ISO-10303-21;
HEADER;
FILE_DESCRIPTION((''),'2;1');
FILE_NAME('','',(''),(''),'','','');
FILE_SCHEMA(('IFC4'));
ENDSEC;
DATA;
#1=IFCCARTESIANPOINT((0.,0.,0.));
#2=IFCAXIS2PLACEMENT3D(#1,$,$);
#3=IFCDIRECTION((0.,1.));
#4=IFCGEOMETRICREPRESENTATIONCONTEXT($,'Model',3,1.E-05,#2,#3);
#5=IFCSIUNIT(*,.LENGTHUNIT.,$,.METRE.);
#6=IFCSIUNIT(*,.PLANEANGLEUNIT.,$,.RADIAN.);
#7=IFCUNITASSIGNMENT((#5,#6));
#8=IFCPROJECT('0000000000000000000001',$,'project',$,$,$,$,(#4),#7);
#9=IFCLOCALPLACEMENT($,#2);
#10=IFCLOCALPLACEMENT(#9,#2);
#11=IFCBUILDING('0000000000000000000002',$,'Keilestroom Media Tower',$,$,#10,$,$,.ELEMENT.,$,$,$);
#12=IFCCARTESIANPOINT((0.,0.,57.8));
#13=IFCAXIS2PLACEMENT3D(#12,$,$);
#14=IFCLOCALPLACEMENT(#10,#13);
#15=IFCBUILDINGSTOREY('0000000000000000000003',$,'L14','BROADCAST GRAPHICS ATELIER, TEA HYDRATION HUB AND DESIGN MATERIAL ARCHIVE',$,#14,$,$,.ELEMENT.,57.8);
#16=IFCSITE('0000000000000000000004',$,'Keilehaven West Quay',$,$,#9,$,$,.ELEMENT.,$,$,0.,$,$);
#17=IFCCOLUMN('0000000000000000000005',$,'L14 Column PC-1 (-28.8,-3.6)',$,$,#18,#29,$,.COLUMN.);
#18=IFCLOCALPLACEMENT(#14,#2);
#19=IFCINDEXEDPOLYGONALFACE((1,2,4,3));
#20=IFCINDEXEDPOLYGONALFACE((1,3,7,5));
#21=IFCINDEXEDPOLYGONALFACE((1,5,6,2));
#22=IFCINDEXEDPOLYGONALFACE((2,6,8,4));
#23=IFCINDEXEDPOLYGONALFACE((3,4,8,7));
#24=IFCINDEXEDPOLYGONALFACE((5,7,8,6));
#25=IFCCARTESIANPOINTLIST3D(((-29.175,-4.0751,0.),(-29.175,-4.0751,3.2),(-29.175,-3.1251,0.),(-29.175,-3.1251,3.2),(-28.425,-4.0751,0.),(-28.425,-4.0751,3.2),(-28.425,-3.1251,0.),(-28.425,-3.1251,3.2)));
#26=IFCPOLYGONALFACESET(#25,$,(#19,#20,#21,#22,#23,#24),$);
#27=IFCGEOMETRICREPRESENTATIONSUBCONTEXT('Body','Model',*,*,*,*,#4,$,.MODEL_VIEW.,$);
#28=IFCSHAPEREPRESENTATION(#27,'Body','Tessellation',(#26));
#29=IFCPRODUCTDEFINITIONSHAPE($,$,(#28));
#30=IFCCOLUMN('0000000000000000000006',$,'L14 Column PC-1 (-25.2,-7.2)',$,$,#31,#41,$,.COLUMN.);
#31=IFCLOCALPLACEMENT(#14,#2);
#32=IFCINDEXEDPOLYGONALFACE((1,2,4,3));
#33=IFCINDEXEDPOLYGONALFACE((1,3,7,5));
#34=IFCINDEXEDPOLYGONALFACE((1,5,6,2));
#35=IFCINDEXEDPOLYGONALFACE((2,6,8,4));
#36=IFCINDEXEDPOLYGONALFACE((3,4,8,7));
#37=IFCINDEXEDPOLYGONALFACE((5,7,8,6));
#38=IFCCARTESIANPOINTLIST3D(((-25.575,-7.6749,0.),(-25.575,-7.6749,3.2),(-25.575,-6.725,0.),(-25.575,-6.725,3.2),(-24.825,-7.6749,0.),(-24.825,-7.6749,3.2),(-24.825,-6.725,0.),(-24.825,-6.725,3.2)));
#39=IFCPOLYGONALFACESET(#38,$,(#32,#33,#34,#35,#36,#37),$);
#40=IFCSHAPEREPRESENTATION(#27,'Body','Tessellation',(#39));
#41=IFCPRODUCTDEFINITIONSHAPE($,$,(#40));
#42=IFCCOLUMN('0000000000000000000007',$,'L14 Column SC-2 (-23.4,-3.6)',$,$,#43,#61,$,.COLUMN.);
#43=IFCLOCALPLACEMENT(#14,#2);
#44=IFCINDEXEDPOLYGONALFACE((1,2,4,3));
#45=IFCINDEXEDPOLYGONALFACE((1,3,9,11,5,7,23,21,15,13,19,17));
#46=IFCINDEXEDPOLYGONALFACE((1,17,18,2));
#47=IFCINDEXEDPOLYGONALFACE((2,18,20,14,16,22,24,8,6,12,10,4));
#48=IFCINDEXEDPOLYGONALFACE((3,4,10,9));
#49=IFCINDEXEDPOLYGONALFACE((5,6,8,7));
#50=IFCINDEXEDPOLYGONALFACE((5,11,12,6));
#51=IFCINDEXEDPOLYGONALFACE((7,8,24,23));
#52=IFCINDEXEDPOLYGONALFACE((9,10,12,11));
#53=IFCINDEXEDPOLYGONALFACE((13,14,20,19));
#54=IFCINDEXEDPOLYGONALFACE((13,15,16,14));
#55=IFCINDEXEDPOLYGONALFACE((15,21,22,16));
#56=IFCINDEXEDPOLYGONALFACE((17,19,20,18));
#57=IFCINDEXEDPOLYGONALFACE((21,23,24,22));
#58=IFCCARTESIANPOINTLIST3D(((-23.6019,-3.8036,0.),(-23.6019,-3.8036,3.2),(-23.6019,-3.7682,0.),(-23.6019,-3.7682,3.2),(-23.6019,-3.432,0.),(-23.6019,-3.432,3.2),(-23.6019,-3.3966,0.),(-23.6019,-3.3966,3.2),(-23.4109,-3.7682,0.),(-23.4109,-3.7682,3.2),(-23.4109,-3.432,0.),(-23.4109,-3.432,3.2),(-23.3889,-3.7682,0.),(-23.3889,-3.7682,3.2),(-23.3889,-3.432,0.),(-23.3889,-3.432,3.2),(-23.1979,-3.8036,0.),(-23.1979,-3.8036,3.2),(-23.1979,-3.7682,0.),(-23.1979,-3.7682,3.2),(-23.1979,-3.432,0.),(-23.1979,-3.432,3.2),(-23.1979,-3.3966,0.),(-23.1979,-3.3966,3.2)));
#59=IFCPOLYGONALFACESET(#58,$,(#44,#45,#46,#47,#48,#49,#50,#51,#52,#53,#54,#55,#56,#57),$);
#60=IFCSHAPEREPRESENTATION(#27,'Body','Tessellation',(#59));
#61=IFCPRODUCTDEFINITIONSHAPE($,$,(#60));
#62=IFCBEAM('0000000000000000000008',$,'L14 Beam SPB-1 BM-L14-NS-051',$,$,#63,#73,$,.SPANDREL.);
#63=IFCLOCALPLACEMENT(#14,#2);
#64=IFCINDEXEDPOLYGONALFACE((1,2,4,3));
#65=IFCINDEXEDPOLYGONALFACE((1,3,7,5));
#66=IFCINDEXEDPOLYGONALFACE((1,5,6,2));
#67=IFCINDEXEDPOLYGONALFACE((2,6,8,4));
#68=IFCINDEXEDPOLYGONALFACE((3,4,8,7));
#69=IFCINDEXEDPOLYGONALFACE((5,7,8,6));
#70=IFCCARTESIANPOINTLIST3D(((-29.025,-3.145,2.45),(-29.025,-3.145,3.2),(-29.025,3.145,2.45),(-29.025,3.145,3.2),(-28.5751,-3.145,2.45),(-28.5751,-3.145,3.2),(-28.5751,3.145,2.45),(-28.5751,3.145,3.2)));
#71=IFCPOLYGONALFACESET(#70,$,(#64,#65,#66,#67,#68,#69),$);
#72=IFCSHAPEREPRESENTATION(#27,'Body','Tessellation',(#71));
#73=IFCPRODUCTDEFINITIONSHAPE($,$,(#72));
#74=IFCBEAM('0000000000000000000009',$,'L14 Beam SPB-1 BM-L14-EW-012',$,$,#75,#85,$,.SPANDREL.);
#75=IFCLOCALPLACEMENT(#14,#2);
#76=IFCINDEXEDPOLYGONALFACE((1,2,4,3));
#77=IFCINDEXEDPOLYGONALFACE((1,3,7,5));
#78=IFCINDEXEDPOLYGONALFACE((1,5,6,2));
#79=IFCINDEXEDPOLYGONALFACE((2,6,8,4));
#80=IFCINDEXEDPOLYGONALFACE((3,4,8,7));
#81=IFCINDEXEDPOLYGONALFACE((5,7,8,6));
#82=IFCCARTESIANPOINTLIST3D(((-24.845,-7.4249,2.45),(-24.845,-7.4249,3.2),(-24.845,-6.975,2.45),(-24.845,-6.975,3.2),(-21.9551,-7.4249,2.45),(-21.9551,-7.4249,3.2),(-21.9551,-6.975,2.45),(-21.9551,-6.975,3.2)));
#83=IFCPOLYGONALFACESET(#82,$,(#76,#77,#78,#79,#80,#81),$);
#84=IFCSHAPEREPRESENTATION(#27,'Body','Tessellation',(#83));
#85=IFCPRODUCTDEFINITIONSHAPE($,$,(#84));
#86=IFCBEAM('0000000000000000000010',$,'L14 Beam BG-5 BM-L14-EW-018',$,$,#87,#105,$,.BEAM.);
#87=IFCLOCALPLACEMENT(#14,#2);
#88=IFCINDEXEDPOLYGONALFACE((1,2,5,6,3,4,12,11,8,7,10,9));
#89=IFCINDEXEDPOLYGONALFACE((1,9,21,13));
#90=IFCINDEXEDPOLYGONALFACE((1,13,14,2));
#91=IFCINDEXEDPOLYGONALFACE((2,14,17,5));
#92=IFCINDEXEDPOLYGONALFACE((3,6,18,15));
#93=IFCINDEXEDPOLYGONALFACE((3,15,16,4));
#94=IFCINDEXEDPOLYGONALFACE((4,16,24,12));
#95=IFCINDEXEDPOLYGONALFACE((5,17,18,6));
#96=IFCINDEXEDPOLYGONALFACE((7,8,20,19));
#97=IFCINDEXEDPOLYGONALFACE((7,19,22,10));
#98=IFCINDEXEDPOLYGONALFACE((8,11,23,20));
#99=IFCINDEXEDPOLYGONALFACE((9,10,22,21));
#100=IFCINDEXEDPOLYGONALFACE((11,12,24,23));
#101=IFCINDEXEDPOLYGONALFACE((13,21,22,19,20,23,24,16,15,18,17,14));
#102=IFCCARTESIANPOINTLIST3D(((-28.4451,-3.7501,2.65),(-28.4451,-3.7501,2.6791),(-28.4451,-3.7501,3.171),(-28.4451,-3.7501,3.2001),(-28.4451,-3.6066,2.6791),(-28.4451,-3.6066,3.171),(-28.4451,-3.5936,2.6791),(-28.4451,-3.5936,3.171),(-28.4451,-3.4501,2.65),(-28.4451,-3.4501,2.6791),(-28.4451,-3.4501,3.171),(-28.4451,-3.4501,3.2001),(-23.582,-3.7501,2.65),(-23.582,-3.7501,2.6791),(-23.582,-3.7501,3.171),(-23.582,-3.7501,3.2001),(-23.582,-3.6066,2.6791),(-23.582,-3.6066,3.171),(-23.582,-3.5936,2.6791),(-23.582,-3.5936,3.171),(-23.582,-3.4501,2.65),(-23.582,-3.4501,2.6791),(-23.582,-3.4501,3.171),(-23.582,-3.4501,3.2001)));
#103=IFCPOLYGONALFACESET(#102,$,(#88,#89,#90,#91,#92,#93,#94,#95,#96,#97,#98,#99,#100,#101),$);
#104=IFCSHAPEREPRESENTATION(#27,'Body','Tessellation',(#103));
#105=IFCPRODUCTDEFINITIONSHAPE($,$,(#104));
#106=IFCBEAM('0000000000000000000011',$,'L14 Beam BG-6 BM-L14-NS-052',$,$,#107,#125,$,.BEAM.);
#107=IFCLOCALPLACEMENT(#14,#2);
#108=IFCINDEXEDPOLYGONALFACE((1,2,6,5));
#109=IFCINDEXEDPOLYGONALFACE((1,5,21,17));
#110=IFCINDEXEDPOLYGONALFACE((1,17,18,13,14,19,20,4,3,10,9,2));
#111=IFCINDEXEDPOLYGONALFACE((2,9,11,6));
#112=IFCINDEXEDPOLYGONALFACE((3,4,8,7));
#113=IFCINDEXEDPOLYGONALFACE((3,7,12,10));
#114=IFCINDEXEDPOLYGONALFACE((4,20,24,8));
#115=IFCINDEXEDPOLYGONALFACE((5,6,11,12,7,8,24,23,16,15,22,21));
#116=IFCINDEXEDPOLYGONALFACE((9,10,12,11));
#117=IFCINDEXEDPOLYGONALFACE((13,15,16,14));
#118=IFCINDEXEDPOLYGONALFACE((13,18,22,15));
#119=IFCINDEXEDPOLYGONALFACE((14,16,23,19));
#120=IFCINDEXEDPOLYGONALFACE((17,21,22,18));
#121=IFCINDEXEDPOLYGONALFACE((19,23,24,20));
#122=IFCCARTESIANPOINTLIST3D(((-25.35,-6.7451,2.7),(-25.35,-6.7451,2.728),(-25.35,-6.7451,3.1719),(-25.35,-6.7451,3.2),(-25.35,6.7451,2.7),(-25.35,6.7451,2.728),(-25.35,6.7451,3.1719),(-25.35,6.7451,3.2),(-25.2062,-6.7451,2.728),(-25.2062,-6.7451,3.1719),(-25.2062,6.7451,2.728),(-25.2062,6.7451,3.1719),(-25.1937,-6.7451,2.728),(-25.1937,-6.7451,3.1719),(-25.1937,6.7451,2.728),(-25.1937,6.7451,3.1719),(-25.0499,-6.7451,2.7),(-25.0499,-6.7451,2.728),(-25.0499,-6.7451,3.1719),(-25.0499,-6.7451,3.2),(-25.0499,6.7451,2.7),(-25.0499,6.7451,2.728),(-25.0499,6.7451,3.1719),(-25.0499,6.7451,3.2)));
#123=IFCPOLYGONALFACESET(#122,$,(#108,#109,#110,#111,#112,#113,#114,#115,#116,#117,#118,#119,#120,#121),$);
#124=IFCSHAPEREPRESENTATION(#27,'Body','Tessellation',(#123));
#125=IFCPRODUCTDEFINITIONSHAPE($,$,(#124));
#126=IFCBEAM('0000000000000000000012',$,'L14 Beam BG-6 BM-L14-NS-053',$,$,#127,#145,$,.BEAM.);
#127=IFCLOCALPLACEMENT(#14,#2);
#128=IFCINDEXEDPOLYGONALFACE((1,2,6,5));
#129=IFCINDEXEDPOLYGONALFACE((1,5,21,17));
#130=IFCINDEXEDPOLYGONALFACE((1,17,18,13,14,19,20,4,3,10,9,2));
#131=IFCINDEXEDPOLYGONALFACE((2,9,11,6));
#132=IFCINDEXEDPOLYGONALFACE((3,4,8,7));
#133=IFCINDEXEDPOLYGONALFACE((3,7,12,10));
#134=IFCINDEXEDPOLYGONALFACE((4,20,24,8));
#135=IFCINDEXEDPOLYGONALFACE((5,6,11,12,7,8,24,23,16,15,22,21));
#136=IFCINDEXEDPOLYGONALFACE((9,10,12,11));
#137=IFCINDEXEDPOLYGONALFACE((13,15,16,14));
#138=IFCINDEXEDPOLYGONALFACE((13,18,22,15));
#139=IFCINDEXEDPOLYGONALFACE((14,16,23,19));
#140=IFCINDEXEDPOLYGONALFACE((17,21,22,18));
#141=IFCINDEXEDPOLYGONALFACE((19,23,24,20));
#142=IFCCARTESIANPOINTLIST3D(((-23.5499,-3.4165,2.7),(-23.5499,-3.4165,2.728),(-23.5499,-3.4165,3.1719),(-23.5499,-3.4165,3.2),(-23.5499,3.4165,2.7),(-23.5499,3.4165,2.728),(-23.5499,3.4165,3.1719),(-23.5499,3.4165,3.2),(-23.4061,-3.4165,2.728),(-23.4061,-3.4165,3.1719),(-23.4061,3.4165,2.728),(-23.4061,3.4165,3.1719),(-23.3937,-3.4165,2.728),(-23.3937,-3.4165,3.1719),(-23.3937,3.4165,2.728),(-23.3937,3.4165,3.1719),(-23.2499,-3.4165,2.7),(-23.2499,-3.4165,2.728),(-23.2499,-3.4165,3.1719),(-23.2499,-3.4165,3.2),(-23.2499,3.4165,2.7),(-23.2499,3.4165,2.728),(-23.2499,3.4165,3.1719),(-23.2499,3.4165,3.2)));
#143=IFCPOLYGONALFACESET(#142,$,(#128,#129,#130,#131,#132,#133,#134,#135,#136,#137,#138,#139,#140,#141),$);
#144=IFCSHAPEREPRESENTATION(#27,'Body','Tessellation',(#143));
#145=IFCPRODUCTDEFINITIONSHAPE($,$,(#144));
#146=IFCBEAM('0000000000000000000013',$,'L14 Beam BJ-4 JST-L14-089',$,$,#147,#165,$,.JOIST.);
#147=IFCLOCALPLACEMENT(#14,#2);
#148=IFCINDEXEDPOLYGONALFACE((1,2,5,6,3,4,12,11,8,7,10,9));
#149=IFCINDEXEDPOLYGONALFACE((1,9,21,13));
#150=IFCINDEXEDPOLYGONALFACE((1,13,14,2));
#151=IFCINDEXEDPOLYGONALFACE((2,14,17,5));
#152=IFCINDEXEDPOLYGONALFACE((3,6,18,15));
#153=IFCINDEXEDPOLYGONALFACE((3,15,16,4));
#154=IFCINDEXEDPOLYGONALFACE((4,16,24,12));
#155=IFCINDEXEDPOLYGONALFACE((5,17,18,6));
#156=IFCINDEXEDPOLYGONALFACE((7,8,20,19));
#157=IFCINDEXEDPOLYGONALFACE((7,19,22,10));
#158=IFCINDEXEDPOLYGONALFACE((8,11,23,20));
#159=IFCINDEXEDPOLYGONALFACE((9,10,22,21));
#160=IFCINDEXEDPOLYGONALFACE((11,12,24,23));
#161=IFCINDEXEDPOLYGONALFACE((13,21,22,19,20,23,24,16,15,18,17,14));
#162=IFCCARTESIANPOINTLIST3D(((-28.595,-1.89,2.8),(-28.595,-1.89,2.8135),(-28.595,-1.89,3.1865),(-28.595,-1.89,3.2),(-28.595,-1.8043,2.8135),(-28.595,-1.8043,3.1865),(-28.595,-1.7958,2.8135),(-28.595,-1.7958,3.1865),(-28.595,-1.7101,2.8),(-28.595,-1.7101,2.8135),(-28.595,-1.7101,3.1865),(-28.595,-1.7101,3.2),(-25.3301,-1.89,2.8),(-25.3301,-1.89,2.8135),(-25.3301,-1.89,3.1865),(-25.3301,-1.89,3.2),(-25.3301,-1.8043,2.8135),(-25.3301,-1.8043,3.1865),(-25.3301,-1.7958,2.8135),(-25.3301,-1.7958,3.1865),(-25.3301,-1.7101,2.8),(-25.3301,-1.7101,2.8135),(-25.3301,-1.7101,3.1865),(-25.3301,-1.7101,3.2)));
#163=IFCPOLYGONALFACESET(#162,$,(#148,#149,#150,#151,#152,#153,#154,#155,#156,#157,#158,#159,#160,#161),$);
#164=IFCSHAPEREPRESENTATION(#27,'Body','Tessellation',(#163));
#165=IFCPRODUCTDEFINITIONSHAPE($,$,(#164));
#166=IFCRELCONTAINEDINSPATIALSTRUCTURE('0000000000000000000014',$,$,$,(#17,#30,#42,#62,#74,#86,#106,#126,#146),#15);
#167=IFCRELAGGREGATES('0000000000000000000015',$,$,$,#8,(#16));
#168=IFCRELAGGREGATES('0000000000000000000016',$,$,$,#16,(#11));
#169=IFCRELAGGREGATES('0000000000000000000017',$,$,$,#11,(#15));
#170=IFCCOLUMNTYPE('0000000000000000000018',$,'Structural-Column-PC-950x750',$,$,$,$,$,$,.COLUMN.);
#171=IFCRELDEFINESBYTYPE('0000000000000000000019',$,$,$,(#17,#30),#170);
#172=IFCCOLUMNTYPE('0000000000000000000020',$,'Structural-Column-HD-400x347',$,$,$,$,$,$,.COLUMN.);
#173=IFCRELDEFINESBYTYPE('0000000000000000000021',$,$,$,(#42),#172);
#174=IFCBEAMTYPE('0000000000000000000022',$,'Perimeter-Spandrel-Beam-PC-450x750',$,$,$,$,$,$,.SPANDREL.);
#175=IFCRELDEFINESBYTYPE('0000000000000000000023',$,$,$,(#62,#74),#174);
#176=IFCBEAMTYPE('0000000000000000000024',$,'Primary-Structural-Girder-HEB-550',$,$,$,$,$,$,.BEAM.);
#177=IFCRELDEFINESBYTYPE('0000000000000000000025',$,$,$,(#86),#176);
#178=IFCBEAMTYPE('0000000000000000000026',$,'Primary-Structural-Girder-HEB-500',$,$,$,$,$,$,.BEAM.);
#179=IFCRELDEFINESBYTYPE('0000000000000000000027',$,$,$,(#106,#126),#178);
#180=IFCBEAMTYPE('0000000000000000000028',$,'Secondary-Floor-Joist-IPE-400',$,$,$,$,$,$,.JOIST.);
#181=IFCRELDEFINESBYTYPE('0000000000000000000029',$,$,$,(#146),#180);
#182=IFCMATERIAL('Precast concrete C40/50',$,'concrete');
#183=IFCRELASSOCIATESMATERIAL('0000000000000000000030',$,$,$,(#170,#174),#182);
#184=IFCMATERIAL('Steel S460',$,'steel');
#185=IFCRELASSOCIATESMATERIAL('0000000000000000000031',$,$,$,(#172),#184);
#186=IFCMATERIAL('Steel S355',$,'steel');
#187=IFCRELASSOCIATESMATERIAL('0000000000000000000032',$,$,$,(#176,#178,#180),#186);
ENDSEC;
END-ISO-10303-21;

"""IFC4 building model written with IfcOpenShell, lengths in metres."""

from ifc_helpers import new_model, si_unit, direction, frame, origin, origin_2d, place, context, subcontext, project, spatial, rectangle, i_section, extrude, source, transform, mapped, material, material_profile, profile_set, type_object, element, save


model = new_model("IFC4")

# Units and contexts
model_context = context("Model", 3, precision=1e-05, world=origin(), true_north=direction((0.0, 1.0)))
body_context = subcontext(model_context, "Body", "Model", "MODEL_VIEW")
ifc_project = project(units=[si_unit("LENGTHUNIT", "METRE"), si_unit("PLANEANGLEUNIT", "RADIAN")], contexts=[model_context])

# Site, building, storey
site_placement = place(None, origin())
site = spatial("IfcSite", under=ifc_project, at=site_placement, Name="Keilehaven West Quay", CompositionType="ELEMENT", RefElevation=0.0)
building_placement = place(site_placement, origin())
building = spatial("IfcBuilding", under=site, at=building_placement, Name="Keilestroom Media Tower", CompositionType="ELEMENT")
storey_placement = place(building_placement, frame((0.0, 0.0, 57.8)))
storey = spatial("IfcBuildingStorey", under=building, at=storey_placement, Name="L14", Description="BROADCAST GRAPHICS ATELIER, TEA HYDRATION HUB AND DESIGN MATERIAL ARCHIVE", CompositionType="ELEMENT", Elevation=57.8)

# Columns
ifc_material_1 = material(Name="Precast concrete C40/50", Category="concrete")
ifc_material_profile_1 = material_profile(ifc_material_1, rectangle(XDim=0.75, YDim=0.95, at=origin_2d()), Name="PC 950x750")
ifc_profile_set_1 = profile_set([ifc_material_profile_1], Name="Precast concrete C40/50")
column_type_1 = type_object("IfcColumnType", Name="Structural-Column-PC-950x750", PredefinedType="COLUMN", material=ifc_profile_set_1)
shared_shape_1 = source(origin(), body_context, "Body", "SweptSolid", [
    extrude(rectangle(XDim=0.75, YDim=0.95, at=origin_2d()), origin(), (0.0, 0.0, 1.0), 3.2),
])
for number, where, z_axis, x_axis, name in (
    (1, (-28.8, -3.6001, 0.0), (0.0, 0.0, 1.0), (1.0, 0.0, 0.0), "L14 Column PC-1 (-28.8,-3.6)"),
    (2, (-25.2, -7.2, 0.0), (0.0, 0.0, 1.0), (1.0, 0.0, 0.0), "L14 Column PC-1 (-25.2,-7.2)"),
):
    element("IfcColumn", number, at=place(storey_placement, frame(where, z_axis=z_axis, x_axis=x_axis)), inside=storey, type_object=column_type_1, Name=name, PredefinedType="COLUMN", context=body_context, shape_type="MappedRepresentation", body=[
        mapped(shared_shape_1, transform((0.0, 0.0, 0.0), x_axis=(1.0, 0.0, 0.0), y_axis=(0.0, 1.0, 0.0), z_axis=(0.0, 0.0, 1.0), scale=1.0)),
    ])
ifc_material_2 = material(Name="Steel S460", Category="steel")
ifc_material_profile_2 = material_profile(ifc_material_2, i_section(OverallWidth=0.4041, OverallDepth=0.407, WebThickness=0.022, FlangeThickness=0.0354, at=origin_2d()), Name="HD 400x347")
ifc_profile_set_2 = profile_set([ifc_material_profile_2], Name="Steel S460")
column_type_2 = type_object("IfcColumnType", Name="Structural-Column-HD-400x347", PredefinedType="COLUMN", material=ifc_profile_set_2)
shared_shape_2 = source(origin(), body_context, "Body", "SweptSolid", [
    extrude(i_section(OverallWidth=0.4041, OverallDepth=0.407, WebThickness=0.022, FlangeThickness=0.0354, at=origin_2d()), origin(), (0.0, 0.0, 1.0), 3.2),
])
column_placement = place(storey_placement, frame((-23.3999, -3.6001, 0.0), z_axis=(0.0, 0.0, 1.0), x_axis=(1.0, 0.0, 0.0)))
element("IfcColumn", 3, at=column_placement, inside=storey, type_object=column_type_2, Name="L14 Column SC-2 (-23.4,-3.6)", PredefinedType="COLUMN", context=body_context, shape_type="MappedRepresentation", body=[
    mapped(shared_shape_2, transform((0.0, 0.0, 0.0), x_axis=(1.0, 0.0, 0.0), y_axis=(0.0, 1.0, 0.0), z_axis=(0.0, 0.0, 1.0), scale=1.0)),
])

# Beams
ifc_material_profile_3 = material_profile(ifc_material_1, rectangle(XDim=0.45, YDim=0.75, at=origin_2d()), Name="PC 450x750")
ifc_profile_set_3 = profile_set([ifc_material_profile_3], Name="Precast concrete C40/50")
beam_type_1 = type_object("IfcBeamType", Name="Perimeter-Spandrel-Beam-PC-450x750", PredefinedType="SPANDREL", material=ifc_profile_set_3)
shared_shape_3 = source(origin(), body_context, "Body", "SweptSolid", [
    extrude(rectangle(XDim=0.45, YDim=0.75, at=origin_2d()), origin(), (0.0, 0.0, 1.0), 6.29),
])
beam_1_placement = place(storey_placement, frame((-28.8, -3.145, 2.825), z_axis=(0.0, 1.0, 0.0), x_axis=(-1.0, 0.0, 0.0)))
element("IfcBeam", 4, at=beam_1_placement, inside=storey, type_object=beam_type_1, Name="L14 Beam SPB-1 BM-L14-NS-051", PredefinedType="SPANDREL", context=body_context, shape_type="MappedRepresentation", body=[
    mapped(shared_shape_3, transform((0.0, 0.0, 0.0), x_axis=(1.0, 0.0, 0.0), y_axis=(0.0, 1.0, 0.0), z_axis=(0.0, 0.0, 1.0), scale=1.0)),
])
shared_shape_4 = source(origin(), body_context, "Body", "SweptSolid", [
    extrude(rectangle(XDim=0.45, YDim=0.75, at=origin_2d()), origin(), (0.0, 0.0, 1.0), 2.8899),
])
beam_2_placement = place(storey_placement, frame((-24.845, -7.2, 2.825), z_axis=(1.0, 0.0, 0.0), x_axis=(0.0, 1.0, 0.0)))
element("IfcBeam", 5, at=beam_2_placement, inside=storey, type_object=beam_type_1, Name="L14 Beam SPB-1 BM-L14-EW-012", PredefinedType="SPANDREL", context=body_context, shape_type="MappedRepresentation", body=[
    mapped(shared_shape_4, transform((0.0, 0.0, 0.0), x_axis=(1.0, 0.0, 0.0), y_axis=(0.0, 1.0, 0.0), z_axis=(0.0, 0.0, 1.0), scale=1.0)),
])
ifc_material_3 = material(Name="Steel S355", Category="steel")
ifc_material_profile_4 = material_profile(ifc_material_3, i_section(OverallWidth=0.3, OverallDepth=0.55, WebThickness=0.0129, FlangeThickness=0.0291, at=origin_2d()), Name="HEB 550")
ifc_profile_set_4 = profile_set([ifc_material_profile_4], Name="Steel S355")
beam_type_2 = type_object("IfcBeamType", Name="Primary-Structural-Girder-HEB-550", PredefinedType="BEAM", material=ifc_profile_set_4)
shared_shape_5 = source(origin(), body_context, "Body", "SweptSolid", [
    extrude(i_section(OverallWidth=0.3, OverallDepth=0.55, WebThickness=0.0129, FlangeThickness=0.0291, at=origin_2d()), origin(), (0.0, 0.0, 1.0), 4.863),
])
beam_3_placement = place(storey_placement, frame((-28.4451, -3.6001, 2.925), z_axis=(1.0, 0.0, 0.0), x_axis=(0.0, 1.0, 0.0)))
element("IfcBeam", 6, at=beam_3_placement, inside=storey, type_object=beam_type_2, Name="L14 Beam BG-5 BM-L14-EW-018", PredefinedType="BEAM", context=body_context, shape_type="MappedRepresentation", body=[
    mapped(shared_shape_5, transform((0.0, 0.0, 0.0), x_axis=(1.0, 0.0, 0.0), y_axis=(0.0, 1.0, 0.0), z_axis=(0.0, 0.0, 1.0), scale=1.0)),
])
ifc_material_profile_5 = material_profile(ifc_material_3, i_section(OverallWidth=0.3, OverallDepth=0.5, WebThickness=0.0125, FlangeThickness=0.0281, at=origin_2d()), Name="HEB 500")
ifc_profile_set_5 = profile_set([ifc_material_profile_5], Name="Steel S355")
beam_type_3 = type_object("IfcBeamType", Name="Primary-Structural-Girder-HEB-500", PredefinedType="BEAM", material=ifc_profile_set_5)
shared_shape_6 = source(origin(), body_context, "Body", "SweptSolid", [
    extrude(i_section(OverallWidth=0.3, OverallDepth=0.5, WebThickness=0.0125, FlangeThickness=0.0281, at=origin_2d()), origin(), (0.0, 0.0, 1.0), 13.4902),
])
beam_4_placement = place(storey_placement, frame((-25.2, -6.7451, 2.95), z_axis=(0.0, 1.0, 0.0), x_axis=(-1.0, 0.0, 0.0)))
element("IfcBeam", 7, at=beam_4_placement, inside=storey, type_object=beam_type_3, Name="L14 Beam BG-6 BM-L14-NS-052", PredefinedType="BEAM", context=body_context, shape_type="MappedRepresentation", body=[
    mapped(shared_shape_6, transform((0.0, 0.0, 0.0), x_axis=(1.0, 0.0, 0.0), y_axis=(0.0, 1.0, 0.0), z_axis=(0.0, 0.0, 1.0), scale=1.0)),
])
shared_shape_7 = source(origin(), body_context, "Body", "SweptSolid", [
    extrude(i_section(OverallWidth=0.3, OverallDepth=0.5, WebThickness=0.0125, FlangeThickness=0.0281, at=origin_2d()), origin(), (0.0, 0.0, 1.0), 6.833),
])
beam_5_placement = place(storey_placement, frame((-23.3999, -3.4165, 2.95), z_axis=(0.0, 1.0, 0.0), x_axis=(-1.0, 0.0, 0.0)))
element("IfcBeam", 8, at=beam_5_placement, inside=storey, type_object=beam_type_3, Name="L14 Beam BG-6 BM-L14-NS-053", PredefinedType="BEAM", context=body_context, shape_type="MappedRepresentation", body=[
    mapped(shared_shape_7, transform((0.0, 0.0, 0.0), x_axis=(1.0, 0.0, 0.0), y_axis=(0.0, 1.0, 0.0), z_axis=(0.0, 0.0, 1.0), scale=1.0)),
])
ifc_material_profile_6 = material_profile(ifc_material_3, i_section(OverallWidth=0.1799, OverallDepth=0.3999, WebThickness=0.0085, FlangeThickness=0.0134, at=origin_2d()), Name="IPE 400")
ifc_profile_set_6 = profile_set([ifc_material_profile_6], Name="Steel S355")
beam_type_4 = type_object("IfcBeamType", Name="Secondary-Floor-Joist-IPE-400", PredefinedType="JOIST", material=ifc_profile_set_6)
shared_shape_8 = source(origin(), body_context, "Body", "SweptSolid", [
    extrude(i_section(OverallWidth=0.1799, OverallDepth=0.3999, WebThickness=0.0085, FlangeThickness=0.0134, at=origin_2d()), origin(), (0.0, 0.0, 1.0), 3.2649),
])
beam_6_placement = place(storey_placement, frame((-28.595, -1.8, 3.0), z_axis=(1.0, 0.0, 0.0), x_axis=(0.0, 1.0, 0.0)))
element("IfcBeam", 9, at=beam_6_placement, inside=storey, type_object=beam_type_4, Name="L14 Beam BJ-4 JST-L14-089", PredefinedType="JOIST", context=body_context, shape_type="MappedRepresentation", body=[
    mapped(shared_shape_8, transform((0.0, 0.0, 0.0), x_axis=(1.0, 0.0, 0.0), y_axis=(0.0, 1.0, 0.0), z_axis=(0.0, 0.0, 1.0), scale=1.0)),
])

save(model, "model.ifc")
